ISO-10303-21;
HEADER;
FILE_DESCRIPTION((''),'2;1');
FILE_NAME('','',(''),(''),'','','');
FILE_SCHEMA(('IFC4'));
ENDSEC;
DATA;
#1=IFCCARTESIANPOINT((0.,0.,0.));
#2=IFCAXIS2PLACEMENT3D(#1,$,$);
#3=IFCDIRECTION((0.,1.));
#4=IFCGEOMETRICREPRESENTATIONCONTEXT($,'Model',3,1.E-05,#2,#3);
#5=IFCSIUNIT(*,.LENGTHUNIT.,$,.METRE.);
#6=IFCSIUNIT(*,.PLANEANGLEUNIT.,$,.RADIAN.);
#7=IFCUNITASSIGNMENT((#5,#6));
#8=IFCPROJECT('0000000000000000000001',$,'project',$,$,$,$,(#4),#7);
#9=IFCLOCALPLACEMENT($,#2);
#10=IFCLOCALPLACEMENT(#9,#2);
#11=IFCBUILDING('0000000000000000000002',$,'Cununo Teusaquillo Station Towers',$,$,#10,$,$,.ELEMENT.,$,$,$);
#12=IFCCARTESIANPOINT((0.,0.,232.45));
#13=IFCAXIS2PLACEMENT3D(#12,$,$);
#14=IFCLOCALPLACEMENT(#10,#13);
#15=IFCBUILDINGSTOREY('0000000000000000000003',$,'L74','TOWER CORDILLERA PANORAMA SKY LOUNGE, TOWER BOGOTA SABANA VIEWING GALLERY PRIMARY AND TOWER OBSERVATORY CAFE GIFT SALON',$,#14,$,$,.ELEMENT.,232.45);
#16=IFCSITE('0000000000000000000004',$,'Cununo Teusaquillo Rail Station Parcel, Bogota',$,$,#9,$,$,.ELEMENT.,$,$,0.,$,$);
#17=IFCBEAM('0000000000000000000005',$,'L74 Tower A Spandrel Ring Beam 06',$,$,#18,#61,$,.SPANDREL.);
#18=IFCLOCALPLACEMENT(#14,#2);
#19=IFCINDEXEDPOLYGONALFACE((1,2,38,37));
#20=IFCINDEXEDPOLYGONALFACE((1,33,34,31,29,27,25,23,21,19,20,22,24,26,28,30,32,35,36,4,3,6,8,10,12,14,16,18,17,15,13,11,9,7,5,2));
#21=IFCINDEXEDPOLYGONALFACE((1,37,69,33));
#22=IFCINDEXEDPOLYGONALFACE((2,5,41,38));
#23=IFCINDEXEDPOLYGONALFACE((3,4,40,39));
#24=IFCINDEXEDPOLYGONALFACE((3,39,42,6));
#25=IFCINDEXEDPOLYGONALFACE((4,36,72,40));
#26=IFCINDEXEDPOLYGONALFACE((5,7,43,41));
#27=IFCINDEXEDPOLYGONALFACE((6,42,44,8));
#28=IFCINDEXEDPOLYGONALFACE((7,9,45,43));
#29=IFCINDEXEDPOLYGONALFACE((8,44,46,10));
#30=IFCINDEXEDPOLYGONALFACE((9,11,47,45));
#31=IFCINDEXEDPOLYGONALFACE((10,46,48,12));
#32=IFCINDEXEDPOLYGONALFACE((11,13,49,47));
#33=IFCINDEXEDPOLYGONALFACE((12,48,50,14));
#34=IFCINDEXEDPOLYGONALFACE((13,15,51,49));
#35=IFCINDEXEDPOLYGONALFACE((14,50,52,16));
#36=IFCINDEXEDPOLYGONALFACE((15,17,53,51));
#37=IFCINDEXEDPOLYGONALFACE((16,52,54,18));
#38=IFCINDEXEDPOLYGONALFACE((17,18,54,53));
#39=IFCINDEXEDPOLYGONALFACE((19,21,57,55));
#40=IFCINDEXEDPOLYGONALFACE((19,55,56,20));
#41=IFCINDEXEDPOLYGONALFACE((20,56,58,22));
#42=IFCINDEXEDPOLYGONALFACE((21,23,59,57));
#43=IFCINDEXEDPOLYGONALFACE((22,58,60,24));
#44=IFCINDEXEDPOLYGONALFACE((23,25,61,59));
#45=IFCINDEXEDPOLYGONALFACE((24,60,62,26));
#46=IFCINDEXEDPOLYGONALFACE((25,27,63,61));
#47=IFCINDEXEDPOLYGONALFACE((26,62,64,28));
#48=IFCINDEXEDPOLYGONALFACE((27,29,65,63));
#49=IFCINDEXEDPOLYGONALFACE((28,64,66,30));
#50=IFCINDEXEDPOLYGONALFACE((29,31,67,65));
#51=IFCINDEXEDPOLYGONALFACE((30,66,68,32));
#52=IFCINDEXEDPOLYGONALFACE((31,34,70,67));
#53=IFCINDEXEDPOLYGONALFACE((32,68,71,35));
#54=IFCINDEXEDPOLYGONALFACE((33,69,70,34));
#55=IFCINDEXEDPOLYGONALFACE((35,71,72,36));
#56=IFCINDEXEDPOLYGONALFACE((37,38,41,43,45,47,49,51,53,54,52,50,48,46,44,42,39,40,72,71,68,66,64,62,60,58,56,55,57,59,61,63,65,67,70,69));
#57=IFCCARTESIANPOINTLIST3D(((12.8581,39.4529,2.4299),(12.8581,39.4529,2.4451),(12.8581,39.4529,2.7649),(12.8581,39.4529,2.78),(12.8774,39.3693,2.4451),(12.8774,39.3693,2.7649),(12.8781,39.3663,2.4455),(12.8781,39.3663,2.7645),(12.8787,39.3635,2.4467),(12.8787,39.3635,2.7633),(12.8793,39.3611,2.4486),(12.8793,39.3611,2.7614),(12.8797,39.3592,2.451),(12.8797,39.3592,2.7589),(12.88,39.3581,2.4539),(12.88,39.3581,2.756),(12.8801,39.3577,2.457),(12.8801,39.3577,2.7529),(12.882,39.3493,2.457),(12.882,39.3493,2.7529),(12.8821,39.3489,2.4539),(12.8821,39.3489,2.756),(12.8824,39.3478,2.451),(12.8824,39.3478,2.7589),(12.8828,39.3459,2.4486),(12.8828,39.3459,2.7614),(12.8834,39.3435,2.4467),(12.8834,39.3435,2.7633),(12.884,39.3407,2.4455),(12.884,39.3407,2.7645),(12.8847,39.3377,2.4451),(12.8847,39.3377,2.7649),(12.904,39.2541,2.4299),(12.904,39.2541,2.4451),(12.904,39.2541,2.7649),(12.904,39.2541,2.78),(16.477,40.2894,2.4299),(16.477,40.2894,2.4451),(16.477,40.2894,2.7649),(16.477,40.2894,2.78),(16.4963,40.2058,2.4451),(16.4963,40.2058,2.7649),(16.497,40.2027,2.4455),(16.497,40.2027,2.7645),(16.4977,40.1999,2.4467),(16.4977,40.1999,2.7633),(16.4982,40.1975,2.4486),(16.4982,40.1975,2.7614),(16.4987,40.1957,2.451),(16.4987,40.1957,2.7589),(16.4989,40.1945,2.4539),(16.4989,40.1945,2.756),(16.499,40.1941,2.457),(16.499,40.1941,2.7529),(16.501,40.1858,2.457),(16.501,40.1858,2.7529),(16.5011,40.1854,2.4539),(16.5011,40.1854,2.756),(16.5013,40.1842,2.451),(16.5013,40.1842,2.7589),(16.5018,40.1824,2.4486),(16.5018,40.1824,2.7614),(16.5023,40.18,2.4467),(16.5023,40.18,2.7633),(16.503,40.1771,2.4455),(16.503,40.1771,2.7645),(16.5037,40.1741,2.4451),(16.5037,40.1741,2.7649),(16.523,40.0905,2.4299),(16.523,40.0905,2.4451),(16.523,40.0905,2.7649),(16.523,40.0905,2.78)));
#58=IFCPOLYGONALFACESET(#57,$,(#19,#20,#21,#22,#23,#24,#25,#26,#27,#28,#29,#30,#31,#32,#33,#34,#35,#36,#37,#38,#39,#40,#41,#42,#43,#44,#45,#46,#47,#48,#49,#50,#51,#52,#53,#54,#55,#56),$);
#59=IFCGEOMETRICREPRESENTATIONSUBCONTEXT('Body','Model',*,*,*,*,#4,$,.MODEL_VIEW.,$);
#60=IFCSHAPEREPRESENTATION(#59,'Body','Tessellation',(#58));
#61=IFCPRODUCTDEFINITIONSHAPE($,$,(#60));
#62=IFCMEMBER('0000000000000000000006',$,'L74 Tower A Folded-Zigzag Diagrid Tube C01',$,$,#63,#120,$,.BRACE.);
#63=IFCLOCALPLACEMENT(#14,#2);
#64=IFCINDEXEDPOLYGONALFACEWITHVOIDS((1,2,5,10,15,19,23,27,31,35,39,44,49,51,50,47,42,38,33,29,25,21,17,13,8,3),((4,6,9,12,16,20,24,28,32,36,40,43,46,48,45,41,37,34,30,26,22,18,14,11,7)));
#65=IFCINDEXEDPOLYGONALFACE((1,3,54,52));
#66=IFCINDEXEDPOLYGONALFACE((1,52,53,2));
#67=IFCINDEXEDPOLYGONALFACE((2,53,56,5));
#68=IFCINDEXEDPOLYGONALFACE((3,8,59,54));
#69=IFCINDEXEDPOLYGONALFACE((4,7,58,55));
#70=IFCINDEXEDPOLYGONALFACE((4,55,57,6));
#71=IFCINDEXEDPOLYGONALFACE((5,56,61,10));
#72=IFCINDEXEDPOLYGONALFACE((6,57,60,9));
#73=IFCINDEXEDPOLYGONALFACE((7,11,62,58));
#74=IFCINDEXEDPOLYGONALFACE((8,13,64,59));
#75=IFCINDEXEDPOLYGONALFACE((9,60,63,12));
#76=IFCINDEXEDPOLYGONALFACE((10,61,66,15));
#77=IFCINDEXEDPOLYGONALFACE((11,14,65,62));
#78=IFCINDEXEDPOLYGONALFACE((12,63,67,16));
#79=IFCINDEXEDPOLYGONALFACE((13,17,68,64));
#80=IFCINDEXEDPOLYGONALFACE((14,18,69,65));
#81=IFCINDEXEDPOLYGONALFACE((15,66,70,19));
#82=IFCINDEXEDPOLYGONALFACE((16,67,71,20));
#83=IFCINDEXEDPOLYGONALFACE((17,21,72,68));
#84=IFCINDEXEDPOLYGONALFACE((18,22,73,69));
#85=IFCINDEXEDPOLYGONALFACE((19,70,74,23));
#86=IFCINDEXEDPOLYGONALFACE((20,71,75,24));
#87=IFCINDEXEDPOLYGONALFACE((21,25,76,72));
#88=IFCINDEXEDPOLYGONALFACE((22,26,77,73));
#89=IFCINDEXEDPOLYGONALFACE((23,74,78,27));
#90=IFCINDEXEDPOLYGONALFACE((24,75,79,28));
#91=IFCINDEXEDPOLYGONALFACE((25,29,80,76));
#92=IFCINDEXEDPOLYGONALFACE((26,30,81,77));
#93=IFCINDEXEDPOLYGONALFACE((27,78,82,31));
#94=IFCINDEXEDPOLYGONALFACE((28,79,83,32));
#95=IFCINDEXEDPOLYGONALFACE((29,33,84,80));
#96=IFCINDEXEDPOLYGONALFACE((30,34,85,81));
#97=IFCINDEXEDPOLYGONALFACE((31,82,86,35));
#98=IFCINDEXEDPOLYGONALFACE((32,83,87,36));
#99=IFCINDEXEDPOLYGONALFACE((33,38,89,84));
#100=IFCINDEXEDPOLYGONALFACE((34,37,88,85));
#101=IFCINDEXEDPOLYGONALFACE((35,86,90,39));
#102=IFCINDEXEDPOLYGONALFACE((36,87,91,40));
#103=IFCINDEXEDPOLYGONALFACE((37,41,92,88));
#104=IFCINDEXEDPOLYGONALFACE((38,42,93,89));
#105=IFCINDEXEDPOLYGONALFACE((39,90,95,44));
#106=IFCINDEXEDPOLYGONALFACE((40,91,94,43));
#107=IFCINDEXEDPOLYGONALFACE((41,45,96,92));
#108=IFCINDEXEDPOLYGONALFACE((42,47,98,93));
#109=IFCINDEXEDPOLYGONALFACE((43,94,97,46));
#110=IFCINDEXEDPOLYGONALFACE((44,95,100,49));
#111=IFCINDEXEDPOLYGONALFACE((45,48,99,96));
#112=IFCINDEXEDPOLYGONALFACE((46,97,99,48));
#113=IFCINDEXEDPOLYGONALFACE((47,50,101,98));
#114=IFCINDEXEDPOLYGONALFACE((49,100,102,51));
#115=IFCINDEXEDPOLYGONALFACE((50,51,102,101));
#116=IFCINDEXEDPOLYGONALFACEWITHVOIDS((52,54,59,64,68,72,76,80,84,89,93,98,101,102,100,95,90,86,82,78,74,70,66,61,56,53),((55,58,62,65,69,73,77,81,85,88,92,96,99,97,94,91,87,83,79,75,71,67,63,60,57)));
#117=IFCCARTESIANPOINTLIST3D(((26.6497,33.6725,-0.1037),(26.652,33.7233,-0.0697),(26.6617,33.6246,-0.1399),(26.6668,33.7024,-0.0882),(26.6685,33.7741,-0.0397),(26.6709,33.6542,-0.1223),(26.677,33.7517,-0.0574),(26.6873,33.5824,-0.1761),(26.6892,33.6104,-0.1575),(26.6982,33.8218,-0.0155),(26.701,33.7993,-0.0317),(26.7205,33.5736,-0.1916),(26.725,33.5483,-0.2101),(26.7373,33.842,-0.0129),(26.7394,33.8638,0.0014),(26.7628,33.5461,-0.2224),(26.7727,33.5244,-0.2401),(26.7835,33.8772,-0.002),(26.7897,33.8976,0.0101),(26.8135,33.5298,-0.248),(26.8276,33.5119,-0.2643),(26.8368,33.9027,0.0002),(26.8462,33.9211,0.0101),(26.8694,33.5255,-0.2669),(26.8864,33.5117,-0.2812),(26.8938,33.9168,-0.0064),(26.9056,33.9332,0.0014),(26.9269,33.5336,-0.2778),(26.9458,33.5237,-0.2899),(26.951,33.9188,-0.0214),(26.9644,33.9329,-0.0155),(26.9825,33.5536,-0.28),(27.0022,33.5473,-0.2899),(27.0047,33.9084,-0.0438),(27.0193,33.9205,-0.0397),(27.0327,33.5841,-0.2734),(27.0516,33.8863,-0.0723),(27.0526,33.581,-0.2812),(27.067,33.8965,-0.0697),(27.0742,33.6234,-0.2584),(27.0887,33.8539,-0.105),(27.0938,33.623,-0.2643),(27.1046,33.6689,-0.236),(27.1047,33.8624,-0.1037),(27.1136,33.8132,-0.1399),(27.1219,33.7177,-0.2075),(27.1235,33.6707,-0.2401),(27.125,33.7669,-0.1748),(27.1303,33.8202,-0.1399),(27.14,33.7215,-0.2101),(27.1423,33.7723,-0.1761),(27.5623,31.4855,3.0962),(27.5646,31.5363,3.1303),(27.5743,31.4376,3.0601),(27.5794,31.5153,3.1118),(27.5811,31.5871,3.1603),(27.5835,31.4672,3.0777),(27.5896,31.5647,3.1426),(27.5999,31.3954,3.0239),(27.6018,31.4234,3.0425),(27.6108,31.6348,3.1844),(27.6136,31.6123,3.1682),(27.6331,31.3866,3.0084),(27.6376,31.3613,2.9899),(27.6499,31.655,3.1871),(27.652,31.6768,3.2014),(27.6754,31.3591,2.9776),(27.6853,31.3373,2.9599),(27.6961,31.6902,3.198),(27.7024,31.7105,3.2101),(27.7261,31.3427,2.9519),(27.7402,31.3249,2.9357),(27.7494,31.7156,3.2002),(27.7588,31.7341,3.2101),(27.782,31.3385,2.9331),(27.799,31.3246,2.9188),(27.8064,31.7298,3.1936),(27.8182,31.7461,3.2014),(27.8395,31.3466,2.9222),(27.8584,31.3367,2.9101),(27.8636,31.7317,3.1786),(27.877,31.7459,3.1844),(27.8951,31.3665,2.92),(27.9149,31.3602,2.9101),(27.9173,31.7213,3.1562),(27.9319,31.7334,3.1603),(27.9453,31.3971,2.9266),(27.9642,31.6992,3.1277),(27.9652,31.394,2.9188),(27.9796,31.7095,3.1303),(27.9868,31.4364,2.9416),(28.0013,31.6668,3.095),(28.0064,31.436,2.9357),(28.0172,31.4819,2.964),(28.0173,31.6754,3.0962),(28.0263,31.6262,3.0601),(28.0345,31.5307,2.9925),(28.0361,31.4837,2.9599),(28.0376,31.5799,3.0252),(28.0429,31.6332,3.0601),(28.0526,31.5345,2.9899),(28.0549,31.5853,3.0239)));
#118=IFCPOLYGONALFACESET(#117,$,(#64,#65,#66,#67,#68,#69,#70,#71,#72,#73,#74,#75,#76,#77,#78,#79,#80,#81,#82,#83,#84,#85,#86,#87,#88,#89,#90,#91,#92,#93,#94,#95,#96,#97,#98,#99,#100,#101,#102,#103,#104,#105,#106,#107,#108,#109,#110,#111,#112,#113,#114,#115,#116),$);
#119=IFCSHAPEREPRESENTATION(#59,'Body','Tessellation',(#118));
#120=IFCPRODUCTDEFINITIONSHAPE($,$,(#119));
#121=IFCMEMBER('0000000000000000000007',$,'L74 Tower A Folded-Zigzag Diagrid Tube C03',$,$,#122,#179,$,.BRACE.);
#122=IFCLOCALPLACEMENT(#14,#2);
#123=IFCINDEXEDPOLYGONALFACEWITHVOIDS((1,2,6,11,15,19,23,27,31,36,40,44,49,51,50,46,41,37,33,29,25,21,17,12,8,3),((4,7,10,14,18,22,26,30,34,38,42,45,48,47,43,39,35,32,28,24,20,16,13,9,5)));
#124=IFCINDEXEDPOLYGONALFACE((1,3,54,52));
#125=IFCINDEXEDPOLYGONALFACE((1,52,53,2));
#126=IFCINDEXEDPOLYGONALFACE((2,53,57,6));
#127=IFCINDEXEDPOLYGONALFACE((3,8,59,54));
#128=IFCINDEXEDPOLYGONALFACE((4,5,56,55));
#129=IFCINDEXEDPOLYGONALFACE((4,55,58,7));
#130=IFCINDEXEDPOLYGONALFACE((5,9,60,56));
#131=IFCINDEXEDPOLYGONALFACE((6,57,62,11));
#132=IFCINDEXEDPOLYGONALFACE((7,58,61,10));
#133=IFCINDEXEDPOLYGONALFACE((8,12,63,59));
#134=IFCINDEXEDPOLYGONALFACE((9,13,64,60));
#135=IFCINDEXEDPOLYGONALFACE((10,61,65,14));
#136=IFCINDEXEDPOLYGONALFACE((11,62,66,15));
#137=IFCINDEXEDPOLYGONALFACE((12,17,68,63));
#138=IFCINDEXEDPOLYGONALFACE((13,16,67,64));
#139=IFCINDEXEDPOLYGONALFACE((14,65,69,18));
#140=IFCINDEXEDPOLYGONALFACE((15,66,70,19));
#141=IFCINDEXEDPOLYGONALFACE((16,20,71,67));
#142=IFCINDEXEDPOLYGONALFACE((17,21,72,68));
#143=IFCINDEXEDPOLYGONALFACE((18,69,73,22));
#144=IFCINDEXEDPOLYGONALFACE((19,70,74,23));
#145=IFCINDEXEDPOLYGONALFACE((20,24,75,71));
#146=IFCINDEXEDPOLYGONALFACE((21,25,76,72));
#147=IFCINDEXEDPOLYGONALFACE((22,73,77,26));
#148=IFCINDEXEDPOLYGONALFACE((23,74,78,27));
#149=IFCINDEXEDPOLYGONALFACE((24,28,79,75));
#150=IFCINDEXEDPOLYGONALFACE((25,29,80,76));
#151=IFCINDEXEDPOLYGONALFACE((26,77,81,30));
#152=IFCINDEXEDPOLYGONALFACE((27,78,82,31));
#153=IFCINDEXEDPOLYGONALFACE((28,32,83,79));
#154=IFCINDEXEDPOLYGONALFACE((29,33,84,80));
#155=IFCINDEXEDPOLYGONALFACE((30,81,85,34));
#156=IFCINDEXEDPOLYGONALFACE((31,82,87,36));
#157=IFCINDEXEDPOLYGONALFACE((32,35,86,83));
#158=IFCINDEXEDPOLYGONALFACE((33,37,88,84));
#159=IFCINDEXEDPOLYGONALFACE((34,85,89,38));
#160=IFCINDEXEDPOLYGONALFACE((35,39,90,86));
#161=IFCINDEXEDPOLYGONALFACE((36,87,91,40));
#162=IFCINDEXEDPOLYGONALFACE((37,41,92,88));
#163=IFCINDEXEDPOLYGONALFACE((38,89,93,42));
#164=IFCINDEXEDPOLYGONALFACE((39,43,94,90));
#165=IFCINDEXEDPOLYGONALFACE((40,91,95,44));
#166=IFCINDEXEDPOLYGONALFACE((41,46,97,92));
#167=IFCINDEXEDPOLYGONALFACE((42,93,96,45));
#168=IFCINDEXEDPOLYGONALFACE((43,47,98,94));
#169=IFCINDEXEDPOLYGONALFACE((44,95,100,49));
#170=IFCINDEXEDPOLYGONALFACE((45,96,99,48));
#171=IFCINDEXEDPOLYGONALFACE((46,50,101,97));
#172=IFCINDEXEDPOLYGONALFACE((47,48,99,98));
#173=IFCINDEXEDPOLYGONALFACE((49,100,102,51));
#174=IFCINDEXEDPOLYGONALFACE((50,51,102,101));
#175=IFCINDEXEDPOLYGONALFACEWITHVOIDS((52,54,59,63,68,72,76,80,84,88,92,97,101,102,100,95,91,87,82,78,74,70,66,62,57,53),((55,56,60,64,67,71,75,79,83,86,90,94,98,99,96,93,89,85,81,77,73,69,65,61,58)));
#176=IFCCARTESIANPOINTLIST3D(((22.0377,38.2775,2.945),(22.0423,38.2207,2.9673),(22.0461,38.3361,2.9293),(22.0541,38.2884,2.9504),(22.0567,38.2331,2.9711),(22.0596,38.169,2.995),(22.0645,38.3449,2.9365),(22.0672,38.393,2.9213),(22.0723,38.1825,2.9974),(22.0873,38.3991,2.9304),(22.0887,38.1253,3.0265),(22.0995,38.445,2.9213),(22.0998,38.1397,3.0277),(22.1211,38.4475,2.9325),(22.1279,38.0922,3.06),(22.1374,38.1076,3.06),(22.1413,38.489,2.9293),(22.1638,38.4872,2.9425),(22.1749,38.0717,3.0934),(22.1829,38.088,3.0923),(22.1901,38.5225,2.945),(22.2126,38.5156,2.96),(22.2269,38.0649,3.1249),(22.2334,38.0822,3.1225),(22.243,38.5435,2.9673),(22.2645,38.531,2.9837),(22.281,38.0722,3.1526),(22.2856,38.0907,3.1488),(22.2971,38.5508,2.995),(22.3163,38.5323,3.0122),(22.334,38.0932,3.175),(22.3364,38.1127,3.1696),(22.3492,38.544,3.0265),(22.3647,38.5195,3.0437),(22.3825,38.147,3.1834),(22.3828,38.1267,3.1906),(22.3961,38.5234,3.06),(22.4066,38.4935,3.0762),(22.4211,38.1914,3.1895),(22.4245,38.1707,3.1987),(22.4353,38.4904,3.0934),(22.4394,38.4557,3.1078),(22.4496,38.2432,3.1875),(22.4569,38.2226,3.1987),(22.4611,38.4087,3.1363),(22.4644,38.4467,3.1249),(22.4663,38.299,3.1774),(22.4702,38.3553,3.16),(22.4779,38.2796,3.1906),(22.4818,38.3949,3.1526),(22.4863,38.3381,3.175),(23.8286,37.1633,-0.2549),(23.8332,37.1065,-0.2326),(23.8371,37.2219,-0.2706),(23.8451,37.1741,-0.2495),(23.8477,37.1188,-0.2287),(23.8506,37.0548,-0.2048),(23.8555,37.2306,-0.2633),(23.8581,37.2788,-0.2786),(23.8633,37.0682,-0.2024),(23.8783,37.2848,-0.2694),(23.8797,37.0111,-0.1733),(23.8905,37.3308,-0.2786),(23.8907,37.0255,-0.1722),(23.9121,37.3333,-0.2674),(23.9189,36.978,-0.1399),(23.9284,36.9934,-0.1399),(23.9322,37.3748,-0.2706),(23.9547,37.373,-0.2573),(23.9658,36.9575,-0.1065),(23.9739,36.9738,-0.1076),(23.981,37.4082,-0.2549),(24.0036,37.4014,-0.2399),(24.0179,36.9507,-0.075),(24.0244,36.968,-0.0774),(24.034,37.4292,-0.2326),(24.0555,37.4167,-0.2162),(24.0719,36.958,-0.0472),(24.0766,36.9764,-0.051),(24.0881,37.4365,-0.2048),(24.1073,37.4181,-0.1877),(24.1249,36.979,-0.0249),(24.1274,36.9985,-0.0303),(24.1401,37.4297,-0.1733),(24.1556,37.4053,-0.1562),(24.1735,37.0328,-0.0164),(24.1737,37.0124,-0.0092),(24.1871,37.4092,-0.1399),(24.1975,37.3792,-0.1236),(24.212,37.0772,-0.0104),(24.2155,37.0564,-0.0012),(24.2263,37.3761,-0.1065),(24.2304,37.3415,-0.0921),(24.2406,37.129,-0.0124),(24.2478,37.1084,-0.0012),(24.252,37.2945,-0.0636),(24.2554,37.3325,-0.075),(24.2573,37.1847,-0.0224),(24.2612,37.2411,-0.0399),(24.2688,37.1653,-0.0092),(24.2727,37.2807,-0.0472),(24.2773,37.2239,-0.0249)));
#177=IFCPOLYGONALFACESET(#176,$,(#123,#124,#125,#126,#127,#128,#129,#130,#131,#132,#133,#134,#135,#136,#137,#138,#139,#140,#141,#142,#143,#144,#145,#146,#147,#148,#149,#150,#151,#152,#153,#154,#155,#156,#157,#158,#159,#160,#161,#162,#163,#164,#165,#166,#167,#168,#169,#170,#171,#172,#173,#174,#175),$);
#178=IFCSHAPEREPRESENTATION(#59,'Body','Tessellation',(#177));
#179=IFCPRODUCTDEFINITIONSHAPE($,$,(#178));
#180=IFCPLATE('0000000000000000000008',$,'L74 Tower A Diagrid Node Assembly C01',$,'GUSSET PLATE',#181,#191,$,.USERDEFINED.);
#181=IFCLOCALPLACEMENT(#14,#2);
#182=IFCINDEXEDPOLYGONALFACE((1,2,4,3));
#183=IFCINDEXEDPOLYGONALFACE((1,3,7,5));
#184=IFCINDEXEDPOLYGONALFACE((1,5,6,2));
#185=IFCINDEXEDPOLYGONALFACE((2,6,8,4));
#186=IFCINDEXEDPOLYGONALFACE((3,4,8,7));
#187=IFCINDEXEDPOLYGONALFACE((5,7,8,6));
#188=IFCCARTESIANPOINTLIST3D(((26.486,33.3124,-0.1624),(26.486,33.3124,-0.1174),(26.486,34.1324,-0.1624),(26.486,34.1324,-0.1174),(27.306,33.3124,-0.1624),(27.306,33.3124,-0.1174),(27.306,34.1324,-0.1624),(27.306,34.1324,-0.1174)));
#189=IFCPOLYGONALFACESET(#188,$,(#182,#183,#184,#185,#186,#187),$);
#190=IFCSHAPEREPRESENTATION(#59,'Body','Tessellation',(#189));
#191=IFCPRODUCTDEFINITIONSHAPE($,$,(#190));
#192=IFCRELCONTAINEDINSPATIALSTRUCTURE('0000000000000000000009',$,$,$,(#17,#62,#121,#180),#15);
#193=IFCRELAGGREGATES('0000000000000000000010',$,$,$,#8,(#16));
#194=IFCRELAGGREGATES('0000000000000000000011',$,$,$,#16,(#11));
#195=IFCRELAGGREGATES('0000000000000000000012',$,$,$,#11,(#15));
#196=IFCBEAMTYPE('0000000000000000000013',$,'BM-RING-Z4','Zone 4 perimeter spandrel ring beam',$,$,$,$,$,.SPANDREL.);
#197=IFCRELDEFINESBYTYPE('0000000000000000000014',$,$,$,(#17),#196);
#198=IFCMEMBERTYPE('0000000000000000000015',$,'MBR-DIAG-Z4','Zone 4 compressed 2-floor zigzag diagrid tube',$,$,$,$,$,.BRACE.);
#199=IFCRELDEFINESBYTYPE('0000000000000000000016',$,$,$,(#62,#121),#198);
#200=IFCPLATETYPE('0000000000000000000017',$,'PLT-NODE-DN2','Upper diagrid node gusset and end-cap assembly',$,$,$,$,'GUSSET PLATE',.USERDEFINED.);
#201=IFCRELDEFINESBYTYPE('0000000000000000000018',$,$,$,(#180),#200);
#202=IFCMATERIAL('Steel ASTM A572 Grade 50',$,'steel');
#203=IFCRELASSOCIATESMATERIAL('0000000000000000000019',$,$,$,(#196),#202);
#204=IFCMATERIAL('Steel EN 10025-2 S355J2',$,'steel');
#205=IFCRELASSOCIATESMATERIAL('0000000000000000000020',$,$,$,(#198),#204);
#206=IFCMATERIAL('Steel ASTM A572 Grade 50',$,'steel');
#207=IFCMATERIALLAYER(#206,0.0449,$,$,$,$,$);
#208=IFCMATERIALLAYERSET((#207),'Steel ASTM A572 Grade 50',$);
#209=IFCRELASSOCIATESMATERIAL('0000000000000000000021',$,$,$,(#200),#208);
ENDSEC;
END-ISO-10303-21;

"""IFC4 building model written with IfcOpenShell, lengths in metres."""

from ifc_helpers import new_model, si_unit, direction, frame, origin, origin_2d, place, context, subcontext, project, spatial, rectangle, hollow_circle, i_section, extrude, source, transform, mapped, material, layer, layer_set, material_profile, profile_set, type_object, element, save


model = new_model("IFC4")

# Units and contexts
model_context = context("Model", 3, precision=1e-05, world=origin(), true_north=direction((0.0, 1.0)))
body_context = subcontext(model_context, "Body", "Model", "MODEL_VIEW")
ifc_project = project(units=[si_unit("LENGTHUNIT", "METRE"), si_unit("PLANEANGLEUNIT", "RADIAN")], contexts=[model_context])

# Site, building, storey
site_placement = place(None, origin())
site = spatial("IfcSite", under=ifc_project, at=site_placement, Name="Cununo Teusaquillo Rail Station Parcel, Bogota", CompositionType="ELEMENT", RefElevation=0.0)
building_placement = place(site_placement, origin())
building = spatial("IfcBuilding", under=site, at=building_placement, Name="Cununo Teusaquillo Station Towers", CompositionType="ELEMENT")
storey_placement = place(building_placement, frame((0.0, 0.0, 232.45)))
storey = spatial("IfcBuildingStorey", under=building, at=storey_placement, Name="L74", Description="TOWER CORDILLERA PANORAMA SKY LOUNGE, TOWER BOGOTA SABANA VIEWING GALLERY PRIMARY AND TOWER OBSERVATORY CAFE GIFT SALON", CompositionType="ELEMENT", Elevation=232.45)

# Beam
ifc_material_1 = material(Name="Steel ASTM A572 Grade 50", Category="steel")
ifc_material_profile_1 = material_profile(ifc_material_1, i_section(OverallWidth=0.2041, OverallDepth=0.3501, WebThickness=0.0085, FlangeThickness=0.0151, FilletRadius=0.012, at=origin_2d()), Name="W14X48")
ifc_profile_set_1 = profile_set([ifc_material_profile_1], Name="Steel ASTM A572 Grade 50")
beam_type_1 = type_object("IfcBeamType", Name="BM-RING-Z4", Description="Zone 4 perimeter spandrel ring beam", PredefinedType="SPANDREL", material=ifc_profile_set_1)
for number, where, z_axis, x_axis, name in (
    (1, (16.5, 40.1899, 2.605), (-0.974315, -0.225191, 0.0), (0.225191, -0.974315, 0.0), "L74 Tower A Spandrel Ring Beam 06"),
):
    element("IfcBeam", number, at=place(storey_placement, frame(where, z_axis=z_axis, x_axis=x_axis)), inside=storey, type_object=beam_type_1, Name=name, PredefinedType="SPANDREL", context=body_context, shape_type="SweptSolid", body=[
        extrude(i_section(OverallWidth=0.2041, OverallDepth=0.3501, WebThickness=0.0085, FlangeThickness=0.0151, FilletRadius=0.012, at=origin_2d()), origin(), (0.0, 0.0, 1.0), 3.7144),
    ])

# Members
ifc_material_2 = material(Name="Steel EN 10025-2 S355J2", Category="steel")
ifc_material_profile_2 = material_profile(ifc_material_2, hollow_circle(Radius=0.2539, WallThickness=0.0181, at=origin_2d()), Name="CHS 508x18")
ifc_profile_set_2 = profile_set([ifc_material_profile_2], Name="Steel EN 10025-2 S355J2")
member_type = type_object("IfcMemberType", Name="MBR-DIAG-Z4", Description="Zone 4 compressed 2-floor zigzag diagrid tube", PredefinedType="BRACE", material=ifc_profile_set_2)
member_1_placement = place(storey_placement, frame((26.896, 33.7224, -0.1399), z_axis=(0.229186, -0.549238, 0.803624), x_axis=(0.922876, 0.385098, 0.0)))
element("IfcMember", 2, at=member_1_placement, inside=storey, type_object=member_type, Name="L74 Tower A Folded-Zigzag Diagrid Tube C01", PredefinedType="BRACE", context=body_context, shape_type="SweptSolid", body=[
    extrude(hollow_circle(Radius=0.2539, WallThickness=0.0181, at=origin_2d()), origin(), (0.0, 0.0, 1.0), 3.9819),
])
member_2_placement = place(storey_placement, frame((24.053, 37.1936, -0.1399), z_axis=(-0.467308, 0.29073, 0.834925), x_axis=(-0.52825, -0.849089, 0.0)))
element("IfcMember", 3, at=member_2_placement, inside=storey, type_object=member_type, Name="L74 Tower A Folded-Zigzag Diagrid Tube C03", PredefinedType="BRACE", context=body_context, shape_type="SweptSolid", body=[
    extrude(hollow_circle(Radius=0.2539, WallThickness=0.0181, at=origin_2d()), origin(), (0.0, 0.0, 1.0), 3.8325),
])

# Plate
ifc_material_3 = material(Name="Steel ASTM A572 Grade 50", Category="steel")
ifc_layer_1 = layer(ifc_material_3, 0.0449)
ifc_layer_set_1 = layer_set([ifc_layer_1], Name="Steel ASTM A572 Grade 50")
plate_type = type_object("IfcPlateType", Name="PLT-NODE-DN2", Description="Upper diagrid node gusset and end-cap assembly", ElementType="GUSSET PLATE", PredefinedType="USERDEFINED", material=ifc_layer_set_1)
shared_shape_1 = source(origin(), body_context, "Body", "SweptSolid", [
    extrude(rectangle(XDim=0.8201, YDim=0.8201, at=origin_2d()), origin(), (0.0, 0.0, 1.0), 0.0449),
])
for number, where, z_axis, x_axis, name in (
    (4, (26.896, 33.7224, -0.1624), (0.0, 0.0, 1.0), (1.0, 0.0, 0.0), "L74 Tower A Diagrid Node Assembly C01"),
):
    element("IfcPlate", number, at=place(storey_placement, frame(where, z_axis=z_axis, x_axis=x_axis)), inside=storey, type_object=plate_type, Name=name, ObjectType="GUSSET PLATE", PredefinedType="USERDEFINED", context=body_context, shape_type="MappedRepresentation", body=[
        mapped(shared_shape_1, transform((0.0, 0.0, 0.0), x_axis=(1.0, 0.0, 0.0), y_axis=(0.0, 1.0, 0.0), z_axis=(0.0, 0.0, 1.0), scale=1.0)),
    ])

save(model, "model.ifc")
